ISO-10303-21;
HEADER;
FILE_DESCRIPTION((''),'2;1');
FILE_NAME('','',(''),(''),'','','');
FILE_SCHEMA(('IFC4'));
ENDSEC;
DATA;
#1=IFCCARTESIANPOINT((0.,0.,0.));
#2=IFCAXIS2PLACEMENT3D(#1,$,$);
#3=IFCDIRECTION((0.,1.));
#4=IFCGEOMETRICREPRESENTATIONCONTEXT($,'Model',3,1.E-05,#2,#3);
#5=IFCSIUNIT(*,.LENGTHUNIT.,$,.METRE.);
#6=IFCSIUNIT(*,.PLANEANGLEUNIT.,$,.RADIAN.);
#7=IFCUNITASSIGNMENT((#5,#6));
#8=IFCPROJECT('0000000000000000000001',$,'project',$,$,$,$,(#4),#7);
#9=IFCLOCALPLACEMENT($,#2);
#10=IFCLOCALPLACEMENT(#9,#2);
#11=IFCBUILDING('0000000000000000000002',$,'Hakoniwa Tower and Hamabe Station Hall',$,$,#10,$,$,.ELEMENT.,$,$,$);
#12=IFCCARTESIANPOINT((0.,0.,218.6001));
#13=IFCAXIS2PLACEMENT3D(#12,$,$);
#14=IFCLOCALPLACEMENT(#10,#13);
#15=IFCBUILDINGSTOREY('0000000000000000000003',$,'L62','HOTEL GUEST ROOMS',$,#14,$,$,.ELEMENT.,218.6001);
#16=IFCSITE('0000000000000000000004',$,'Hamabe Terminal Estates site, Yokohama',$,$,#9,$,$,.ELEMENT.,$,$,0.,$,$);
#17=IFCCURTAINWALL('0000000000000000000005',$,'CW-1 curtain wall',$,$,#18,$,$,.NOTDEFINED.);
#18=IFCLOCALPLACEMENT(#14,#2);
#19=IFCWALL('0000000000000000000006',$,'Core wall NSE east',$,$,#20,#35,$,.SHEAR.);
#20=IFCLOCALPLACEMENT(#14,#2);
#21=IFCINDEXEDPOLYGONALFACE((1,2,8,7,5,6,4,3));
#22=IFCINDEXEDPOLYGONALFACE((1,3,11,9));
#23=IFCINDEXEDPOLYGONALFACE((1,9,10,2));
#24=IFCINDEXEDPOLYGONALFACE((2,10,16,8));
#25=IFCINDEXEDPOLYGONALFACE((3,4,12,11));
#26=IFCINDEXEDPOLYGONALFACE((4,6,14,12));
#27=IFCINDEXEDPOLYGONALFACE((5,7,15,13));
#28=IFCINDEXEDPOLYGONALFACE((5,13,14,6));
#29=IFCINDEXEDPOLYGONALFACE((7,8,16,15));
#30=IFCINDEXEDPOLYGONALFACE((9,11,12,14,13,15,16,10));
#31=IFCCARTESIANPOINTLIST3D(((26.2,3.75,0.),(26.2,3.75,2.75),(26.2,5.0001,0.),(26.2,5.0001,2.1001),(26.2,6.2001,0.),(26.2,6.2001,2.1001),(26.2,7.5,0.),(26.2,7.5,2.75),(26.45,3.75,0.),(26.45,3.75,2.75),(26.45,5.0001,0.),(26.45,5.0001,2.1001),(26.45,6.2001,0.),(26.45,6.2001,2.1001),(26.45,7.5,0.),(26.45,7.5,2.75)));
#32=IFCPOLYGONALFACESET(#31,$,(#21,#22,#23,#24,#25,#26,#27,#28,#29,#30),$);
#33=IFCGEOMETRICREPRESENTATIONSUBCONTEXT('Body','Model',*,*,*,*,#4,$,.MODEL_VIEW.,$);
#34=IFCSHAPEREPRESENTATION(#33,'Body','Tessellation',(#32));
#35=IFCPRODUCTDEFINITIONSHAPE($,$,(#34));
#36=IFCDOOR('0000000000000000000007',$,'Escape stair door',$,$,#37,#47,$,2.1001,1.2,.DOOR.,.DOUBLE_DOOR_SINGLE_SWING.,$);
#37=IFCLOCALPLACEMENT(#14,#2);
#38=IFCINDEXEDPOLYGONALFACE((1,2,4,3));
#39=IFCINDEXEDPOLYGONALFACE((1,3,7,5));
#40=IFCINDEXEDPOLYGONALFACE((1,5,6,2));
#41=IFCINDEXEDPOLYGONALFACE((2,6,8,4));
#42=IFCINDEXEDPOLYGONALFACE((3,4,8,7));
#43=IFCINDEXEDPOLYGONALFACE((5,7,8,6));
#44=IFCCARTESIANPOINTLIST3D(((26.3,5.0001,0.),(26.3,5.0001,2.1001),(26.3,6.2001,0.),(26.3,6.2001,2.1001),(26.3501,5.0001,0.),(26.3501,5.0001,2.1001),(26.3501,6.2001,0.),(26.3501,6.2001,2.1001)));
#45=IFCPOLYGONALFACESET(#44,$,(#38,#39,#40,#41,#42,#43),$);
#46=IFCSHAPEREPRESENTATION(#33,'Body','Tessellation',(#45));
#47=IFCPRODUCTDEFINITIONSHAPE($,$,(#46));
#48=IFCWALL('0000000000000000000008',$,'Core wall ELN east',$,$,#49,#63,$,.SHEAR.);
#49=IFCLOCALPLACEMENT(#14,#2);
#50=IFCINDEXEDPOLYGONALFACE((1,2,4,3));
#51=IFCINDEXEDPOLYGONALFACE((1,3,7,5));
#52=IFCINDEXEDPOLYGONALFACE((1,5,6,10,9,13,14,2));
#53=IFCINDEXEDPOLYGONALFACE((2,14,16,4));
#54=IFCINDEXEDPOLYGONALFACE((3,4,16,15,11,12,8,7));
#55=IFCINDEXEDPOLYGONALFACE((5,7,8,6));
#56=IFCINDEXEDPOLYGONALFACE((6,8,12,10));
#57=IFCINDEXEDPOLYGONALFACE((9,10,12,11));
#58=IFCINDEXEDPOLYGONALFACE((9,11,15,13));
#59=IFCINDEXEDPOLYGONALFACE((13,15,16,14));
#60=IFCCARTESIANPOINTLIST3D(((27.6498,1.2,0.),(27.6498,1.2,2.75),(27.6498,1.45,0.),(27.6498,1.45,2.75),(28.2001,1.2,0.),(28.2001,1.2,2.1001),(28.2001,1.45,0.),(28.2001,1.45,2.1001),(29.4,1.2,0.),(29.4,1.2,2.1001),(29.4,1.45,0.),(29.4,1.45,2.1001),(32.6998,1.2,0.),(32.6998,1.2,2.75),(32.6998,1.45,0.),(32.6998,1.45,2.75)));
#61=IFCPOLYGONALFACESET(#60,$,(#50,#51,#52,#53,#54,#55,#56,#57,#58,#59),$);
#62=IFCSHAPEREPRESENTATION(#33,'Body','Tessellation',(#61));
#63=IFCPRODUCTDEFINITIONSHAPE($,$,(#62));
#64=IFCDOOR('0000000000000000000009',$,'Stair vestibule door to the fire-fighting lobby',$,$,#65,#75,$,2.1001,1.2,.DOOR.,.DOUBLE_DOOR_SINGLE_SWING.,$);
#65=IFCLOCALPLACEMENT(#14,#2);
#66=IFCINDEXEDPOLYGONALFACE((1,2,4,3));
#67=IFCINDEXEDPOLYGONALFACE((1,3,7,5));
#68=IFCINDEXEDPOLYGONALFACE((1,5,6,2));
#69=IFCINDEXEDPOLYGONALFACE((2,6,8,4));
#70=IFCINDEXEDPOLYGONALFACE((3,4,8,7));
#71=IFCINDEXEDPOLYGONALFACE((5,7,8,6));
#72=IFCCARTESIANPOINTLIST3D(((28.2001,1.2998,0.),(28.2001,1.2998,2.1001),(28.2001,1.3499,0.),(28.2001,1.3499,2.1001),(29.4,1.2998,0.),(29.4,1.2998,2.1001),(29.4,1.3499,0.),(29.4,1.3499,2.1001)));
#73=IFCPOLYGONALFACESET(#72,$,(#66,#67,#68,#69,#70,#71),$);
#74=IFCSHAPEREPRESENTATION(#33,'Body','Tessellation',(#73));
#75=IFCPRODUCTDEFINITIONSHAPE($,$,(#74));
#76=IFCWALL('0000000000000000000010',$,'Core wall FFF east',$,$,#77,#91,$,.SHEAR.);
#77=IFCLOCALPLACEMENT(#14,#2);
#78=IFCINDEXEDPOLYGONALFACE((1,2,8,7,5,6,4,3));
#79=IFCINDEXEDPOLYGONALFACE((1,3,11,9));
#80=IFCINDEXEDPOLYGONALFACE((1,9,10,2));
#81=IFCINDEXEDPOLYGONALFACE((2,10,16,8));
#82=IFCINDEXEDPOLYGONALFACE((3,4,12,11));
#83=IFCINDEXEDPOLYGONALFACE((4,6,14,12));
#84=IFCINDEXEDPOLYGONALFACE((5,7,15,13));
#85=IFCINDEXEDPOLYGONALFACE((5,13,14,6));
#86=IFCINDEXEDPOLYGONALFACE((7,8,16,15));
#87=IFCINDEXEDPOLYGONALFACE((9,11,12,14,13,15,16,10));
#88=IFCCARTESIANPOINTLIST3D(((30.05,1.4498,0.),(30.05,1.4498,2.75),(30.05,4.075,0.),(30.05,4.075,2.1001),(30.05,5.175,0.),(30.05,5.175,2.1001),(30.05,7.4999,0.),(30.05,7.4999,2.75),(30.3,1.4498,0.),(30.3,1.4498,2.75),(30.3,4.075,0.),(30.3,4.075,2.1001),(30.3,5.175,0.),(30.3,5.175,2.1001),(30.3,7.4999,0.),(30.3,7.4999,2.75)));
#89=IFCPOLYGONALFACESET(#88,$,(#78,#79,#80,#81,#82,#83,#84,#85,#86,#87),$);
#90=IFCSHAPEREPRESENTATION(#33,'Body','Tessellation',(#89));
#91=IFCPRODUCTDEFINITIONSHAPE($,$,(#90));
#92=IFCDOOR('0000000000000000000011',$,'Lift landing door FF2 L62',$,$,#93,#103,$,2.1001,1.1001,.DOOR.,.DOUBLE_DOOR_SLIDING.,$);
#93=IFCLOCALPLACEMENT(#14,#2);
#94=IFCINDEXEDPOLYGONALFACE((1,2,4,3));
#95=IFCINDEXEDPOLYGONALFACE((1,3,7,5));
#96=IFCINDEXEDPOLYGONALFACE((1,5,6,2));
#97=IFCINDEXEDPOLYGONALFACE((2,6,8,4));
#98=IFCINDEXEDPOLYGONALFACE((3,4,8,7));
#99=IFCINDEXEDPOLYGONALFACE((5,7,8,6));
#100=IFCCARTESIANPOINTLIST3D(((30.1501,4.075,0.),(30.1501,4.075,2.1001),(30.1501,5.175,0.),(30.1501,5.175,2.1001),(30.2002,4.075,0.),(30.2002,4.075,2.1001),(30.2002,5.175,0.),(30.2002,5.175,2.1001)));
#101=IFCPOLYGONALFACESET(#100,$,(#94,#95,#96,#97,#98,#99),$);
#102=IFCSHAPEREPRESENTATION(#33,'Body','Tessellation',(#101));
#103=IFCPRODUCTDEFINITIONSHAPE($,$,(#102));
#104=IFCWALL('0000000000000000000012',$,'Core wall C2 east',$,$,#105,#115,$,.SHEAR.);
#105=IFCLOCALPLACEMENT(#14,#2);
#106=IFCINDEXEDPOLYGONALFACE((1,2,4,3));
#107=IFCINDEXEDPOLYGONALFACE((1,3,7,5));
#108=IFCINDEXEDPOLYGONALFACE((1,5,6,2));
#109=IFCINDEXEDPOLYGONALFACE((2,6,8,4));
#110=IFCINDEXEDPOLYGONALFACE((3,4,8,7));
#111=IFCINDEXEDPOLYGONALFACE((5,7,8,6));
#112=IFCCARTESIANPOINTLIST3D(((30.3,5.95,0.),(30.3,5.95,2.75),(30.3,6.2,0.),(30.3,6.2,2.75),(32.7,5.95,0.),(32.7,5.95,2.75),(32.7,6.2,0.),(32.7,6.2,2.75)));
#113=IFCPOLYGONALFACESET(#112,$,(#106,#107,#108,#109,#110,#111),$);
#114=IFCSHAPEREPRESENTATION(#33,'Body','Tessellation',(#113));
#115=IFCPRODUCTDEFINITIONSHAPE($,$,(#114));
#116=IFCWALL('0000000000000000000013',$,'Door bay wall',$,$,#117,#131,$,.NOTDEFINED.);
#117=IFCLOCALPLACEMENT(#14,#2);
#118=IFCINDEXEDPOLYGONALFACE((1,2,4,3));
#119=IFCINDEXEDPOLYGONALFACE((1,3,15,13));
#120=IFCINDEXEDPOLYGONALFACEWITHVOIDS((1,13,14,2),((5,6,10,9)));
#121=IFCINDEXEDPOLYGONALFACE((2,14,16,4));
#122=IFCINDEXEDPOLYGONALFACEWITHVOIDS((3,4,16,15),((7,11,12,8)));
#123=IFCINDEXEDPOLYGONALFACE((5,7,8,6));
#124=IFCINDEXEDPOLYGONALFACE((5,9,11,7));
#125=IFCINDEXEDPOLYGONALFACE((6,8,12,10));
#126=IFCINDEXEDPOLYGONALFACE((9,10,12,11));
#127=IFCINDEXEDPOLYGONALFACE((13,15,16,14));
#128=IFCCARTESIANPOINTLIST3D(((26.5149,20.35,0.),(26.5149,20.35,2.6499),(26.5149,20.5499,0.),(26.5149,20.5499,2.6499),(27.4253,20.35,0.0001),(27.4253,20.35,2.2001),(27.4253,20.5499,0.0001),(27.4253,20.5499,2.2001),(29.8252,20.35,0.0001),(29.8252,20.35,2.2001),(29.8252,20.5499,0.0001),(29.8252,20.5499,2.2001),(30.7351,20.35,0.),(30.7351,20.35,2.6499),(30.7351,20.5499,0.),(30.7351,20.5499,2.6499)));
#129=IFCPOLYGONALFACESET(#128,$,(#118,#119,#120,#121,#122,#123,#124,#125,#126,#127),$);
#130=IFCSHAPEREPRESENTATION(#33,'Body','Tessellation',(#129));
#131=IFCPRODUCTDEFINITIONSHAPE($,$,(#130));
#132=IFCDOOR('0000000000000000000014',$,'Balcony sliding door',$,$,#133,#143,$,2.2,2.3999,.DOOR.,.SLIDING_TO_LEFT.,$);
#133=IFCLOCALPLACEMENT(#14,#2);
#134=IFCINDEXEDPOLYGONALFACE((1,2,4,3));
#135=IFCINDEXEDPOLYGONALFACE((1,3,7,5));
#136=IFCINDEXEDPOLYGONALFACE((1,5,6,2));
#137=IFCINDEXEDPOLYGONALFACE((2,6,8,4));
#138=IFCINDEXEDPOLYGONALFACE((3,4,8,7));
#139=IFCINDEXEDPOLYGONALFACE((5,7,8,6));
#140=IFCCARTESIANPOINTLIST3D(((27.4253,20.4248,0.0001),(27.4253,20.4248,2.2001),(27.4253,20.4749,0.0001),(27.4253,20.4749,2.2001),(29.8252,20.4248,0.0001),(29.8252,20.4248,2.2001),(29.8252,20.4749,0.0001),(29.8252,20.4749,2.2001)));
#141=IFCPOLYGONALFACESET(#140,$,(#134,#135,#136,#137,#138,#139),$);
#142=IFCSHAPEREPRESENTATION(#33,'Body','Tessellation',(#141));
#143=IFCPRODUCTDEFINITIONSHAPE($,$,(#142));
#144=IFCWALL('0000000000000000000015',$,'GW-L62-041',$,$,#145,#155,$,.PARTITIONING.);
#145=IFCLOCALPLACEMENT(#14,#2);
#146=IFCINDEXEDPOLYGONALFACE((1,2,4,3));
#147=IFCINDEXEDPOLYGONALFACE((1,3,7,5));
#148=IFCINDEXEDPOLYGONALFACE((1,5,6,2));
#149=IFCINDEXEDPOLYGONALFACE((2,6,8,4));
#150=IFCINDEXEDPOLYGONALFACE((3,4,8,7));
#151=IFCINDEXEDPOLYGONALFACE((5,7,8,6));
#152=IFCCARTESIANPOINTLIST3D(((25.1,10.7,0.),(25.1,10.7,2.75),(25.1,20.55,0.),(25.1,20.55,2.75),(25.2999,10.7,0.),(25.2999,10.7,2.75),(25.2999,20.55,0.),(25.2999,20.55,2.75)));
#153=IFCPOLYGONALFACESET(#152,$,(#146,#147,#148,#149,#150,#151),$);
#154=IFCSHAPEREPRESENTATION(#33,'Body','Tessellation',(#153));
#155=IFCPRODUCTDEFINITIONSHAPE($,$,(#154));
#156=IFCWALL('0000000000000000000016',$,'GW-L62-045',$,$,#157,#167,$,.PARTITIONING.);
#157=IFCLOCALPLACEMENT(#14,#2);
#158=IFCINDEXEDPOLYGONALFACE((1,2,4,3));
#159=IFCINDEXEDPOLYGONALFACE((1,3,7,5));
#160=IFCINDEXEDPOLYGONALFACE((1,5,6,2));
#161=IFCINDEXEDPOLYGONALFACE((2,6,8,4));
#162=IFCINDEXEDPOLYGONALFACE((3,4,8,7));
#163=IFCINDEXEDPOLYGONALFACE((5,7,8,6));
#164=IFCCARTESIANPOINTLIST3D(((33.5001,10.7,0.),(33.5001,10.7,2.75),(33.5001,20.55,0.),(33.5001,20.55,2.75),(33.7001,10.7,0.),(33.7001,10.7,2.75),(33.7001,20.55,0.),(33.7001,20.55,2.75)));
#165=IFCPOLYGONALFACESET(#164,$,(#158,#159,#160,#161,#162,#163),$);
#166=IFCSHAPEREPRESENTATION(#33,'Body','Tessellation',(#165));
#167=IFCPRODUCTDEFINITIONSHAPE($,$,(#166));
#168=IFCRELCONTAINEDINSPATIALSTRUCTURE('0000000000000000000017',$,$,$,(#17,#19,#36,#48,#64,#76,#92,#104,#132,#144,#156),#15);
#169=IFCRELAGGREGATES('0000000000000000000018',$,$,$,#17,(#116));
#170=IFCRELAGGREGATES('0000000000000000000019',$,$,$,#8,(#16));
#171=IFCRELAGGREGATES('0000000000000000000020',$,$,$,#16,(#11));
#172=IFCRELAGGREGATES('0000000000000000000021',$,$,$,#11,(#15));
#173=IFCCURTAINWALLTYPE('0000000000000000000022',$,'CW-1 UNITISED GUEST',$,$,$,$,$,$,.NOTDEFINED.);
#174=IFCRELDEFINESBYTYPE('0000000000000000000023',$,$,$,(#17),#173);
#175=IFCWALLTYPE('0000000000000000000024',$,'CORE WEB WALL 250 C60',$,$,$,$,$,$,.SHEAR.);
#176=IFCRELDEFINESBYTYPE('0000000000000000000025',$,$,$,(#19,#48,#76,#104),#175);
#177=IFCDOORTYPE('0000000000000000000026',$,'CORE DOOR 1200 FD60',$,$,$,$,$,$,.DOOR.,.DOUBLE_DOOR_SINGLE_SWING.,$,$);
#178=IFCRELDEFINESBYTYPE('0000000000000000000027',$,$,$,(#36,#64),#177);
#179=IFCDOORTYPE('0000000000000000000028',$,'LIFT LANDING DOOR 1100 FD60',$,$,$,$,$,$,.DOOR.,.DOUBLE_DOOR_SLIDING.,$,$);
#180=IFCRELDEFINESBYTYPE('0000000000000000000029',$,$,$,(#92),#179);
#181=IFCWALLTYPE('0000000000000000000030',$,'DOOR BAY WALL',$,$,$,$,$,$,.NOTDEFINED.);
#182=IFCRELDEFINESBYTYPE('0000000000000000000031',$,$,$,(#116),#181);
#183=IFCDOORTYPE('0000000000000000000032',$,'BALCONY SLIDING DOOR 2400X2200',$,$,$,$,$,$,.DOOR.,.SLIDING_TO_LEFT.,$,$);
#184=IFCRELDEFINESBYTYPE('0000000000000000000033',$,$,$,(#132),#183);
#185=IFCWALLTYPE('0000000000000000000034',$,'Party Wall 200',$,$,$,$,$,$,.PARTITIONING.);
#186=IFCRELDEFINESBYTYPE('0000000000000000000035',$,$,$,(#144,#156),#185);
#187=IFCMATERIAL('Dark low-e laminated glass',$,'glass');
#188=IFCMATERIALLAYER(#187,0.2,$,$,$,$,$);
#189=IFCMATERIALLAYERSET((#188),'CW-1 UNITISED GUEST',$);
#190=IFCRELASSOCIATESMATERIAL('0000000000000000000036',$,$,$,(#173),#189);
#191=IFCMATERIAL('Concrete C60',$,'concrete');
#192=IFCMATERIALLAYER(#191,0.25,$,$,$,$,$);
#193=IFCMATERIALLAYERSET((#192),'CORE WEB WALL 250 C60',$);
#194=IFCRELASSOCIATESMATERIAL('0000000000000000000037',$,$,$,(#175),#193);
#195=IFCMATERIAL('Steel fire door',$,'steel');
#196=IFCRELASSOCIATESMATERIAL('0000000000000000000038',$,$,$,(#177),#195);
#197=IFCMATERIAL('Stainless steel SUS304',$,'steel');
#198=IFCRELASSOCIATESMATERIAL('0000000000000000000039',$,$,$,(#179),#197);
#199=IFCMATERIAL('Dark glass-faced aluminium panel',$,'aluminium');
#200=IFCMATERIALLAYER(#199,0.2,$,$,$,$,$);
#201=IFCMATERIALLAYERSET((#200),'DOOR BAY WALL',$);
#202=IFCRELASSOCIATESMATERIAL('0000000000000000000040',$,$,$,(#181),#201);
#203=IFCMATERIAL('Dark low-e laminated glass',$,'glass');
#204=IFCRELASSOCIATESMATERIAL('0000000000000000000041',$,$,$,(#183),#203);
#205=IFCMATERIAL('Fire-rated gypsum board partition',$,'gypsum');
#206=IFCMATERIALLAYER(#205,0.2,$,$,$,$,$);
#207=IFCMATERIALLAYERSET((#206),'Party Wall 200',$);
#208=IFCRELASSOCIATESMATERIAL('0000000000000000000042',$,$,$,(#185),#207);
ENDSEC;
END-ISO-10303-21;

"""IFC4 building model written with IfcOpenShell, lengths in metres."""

from ifc_helpers import new_model, si_unit, direction, frame, frame_2d, origin, place, context, subcontext, project, spatial, rectangle, extrude, material, layer, layer_set, type_object, element, fill, aggregate, save


model = new_model("IFC4")

# Units and contexts
model_context = context("Model", 3, precision=1e-05, world=origin(), true_north=direction((0.0, 1.0)))
body_context = subcontext(model_context, "Body", "Model", "MODEL_VIEW")
ifc_project = project(units=[si_unit("LENGTHUNIT", "METRE"), si_unit("PLANEANGLEUNIT", "RADIAN")], contexts=[model_context])

# Site, building, storey
site_placement = place(None, origin())
site = spatial("IfcSite", under=ifc_project, at=site_placement, Name="Hamabe Terminal Estates site, Yokohama", CompositionType="ELEMENT", RefElevation=0.0)
building_placement = place(site_placement, origin())
building = spatial("IfcBuilding", under=site, at=building_placement, Name="Hakoniwa Tower and Hamabe Station Hall", CompositionType="ELEMENT")
storey_placement = place(building_placement, frame((0.0, 0.0, 218.6001)))
storey = spatial("IfcBuildingStorey", under=building, at=storey_placement, Name="L62", Description="HOTEL GUEST ROOMS", CompositionType="ELEMENT", Elevation=218.6001)

# Curtain wall
ifc_material_1 = material(Name="Dark low-e laminated glass", Category="glass")
ifc_layer_1 = layer(ifc_material_1, 0.2)
ifc_layer_set_1 = layer_set([ifc_layer_1], Name="CW-1 UNITISED GUEST")
curtain_wall_type = type_object("IfcCurtainWallType", Name="CW-1 UNITISED GUEST", PredefinedType="NOTDEFINED", material=ifc_layer_set_1)
curtain_wall_1_placement = place(storey_placement, origin())
curtain_wall_1 = element("IfcCurtainWall", 1, at=curtain_wall_1_placement, inside=storey, type_object=curtain_wall_type, Name="CW-1 curtain wall", PredefinedType="NOTDEFINED")

# Shared definitions
ifc_material_2 = material(Name="Concrete C60", Category="concrete")
ifc_layer_2 = layer(ifc_material_2, 0.25)
ifc_layer_set_2 = layer_set([ifc_layer_2], Name="CORE WEB WALL 250 C60")
wall_type_1 = type_object("IfcWallType", Name="CORE WEB WALL 250 C60", PredefinedType="SHEAR", material=ifc_layer_set_2)

# Walls, openings, doors
wall_1_placement = place(storey_placement, frame((26.325, 3.75, 0.0), z_axis=(0.0, 0.0, 1.0), x_axis=(0.0, 1.0, 0.0)))
wall_1 = element("IfcWall", 2, at=wall_1_placement, inside=storey, type_object=wall_type_1, Name="Core wall NSE east", PredefinedType="SHEAR", context=body_context, shape_type="SweptSolid", body=[
    extrude(rectangle(XDim=3.75, YDim=0.25, at=frame_2d((1.875, 0.0))), origin(), (0.0, 0.0, 1.0), 2.75),
])
opening_1_placement = place(wall_1_placement, frame((1.25, 0.0, 0.0)))
opening_1 = element("IfcOpeningElement", 3, at=opening_1_placement, cuts=wall_1, PredefinedType="OPENING", context=body_context, shape_type="SweptSolid", body=[
    extrude(rectangle(XDim=1.2, YDim=2.1001, at=frame_2d((0.6001, 1.05))), frame((0.0, 0.135, 0.0), z_axis=(0.0, -1.0, 0.0), x_axis=(1.0, 0.0, 0.0)), (0.0, 0.0, 1.0), 0.27),
])
ifc_material_3 = material(Name="Steel fire door", Category="steel")
door_type_1 = type_object("IfcDoorType", Name="CORE DOOR 1200 FD60", OperationType="DOUBLE_DOOR_SINGLE_SWING", PredefinedType="DOOR", material=ifc_material_3)
door_1_placement = place(opening_1_placement, origin())
door_1 = element("IfcDoor", 4, at=door_1_placement, inside=storey, type_object=door_type_1, Name="Escape stair door", OperationType="DOUBLE_DOOR_SINGLE_SWING", OverallHeight=2.1001, OverallWidth=1.2, PredefinedType="DOOR", context=body_context, shape_type="SweptSolid", body=[
    extrude(rectangle(XDim=1.2, YDim=2.1001, at=frame_2d((0.6001, 1.05))), frame((0.0, 0.0249, 0.0), z_axis=(0.0, -1.0, 0.0), x_axis=(1.0, 0.0, 0.0)), (0.0, 0.0, 1.0), 0.05),
])
fill(opening_1, door_1)
wall_2_placement = place(storey_placement, frame((27.6499, 1.325, 0.0), z_axis=(0.0, 0.0, 1.0), x_axis=(1.0, 0.0, 0.0)))
wall_2 = element("IfcWall", 5, at=wall_2_placement, inside=storey, type_object=wall_type_1, Name="Core wall ELN east", PredefinedType="SHEAR", context=body_context, shape_type="SweptSolid", body=[
    extrude(rectangle(XDim=5.05, YDim=0.25, at=frame_2d((2.5249, 0.0))), origin(), (0.0, 0.0, 1.0), 2.75),
])
opening_2_placement = place(wall_2_placement, frame((0.55, 0.0, 0.0)))
opening_2 = element("IfcOpeningElement", 6, at=opening_2_placement, cuts=wall_2, PredefinedType="OPENING", context=body_context, shape_type="SweptSolid", body=[
    extrude(rectangle(XDim=1.2, YDim=2.1001, at=frame_2d((0.6001, 1.05))), frame((0.0, 0.135, 0.0), z_axis=(0.0, -1.0, 0.0), x_axis=(1.0, 0.0, 0.0)), (0.0, 0.0, 1.0), 0.27),
])
door_2_placement = place(opening_2_placement, origin())
door_2 = element("IfcDoor", 7, at=door_2_placement, inside=storey, type_object=door_type_1, Name="Stair vestibule door to the fire-fighting lobby", OperationType="DOUBLE_DOOR_SINGLE_SWING", OverallHeight=2.1001, OverallWidth=1.2, PredefinedType="DOOR", context=body_context, shape_type="SweptSolid", body=[
    extrude(rectangle(XDim=1.2, YDim=2.1001, at=frame_2d((0.6001, 1.05))), frame((0.0, 0.0249, 0.0), z_axis=(0.0, -1.0, 0.0), x_axis=(1.0, 0.0, 0.0)), (0.0, 0.0, 1.0), 0.05),
])
fill(opening_2, door_2)
wall_3_placement = place(storey_placement, frame((30.175, 1.45, 0.0), z_axis=(0.0, 0.0, 1.0), x_axis=(0.0, 1.0, 0.0)))
wall_3 = element("IfcWall", 8, at=wall_3_placement, inside=storey, type_object=wall_type_1, Name="Core wall FFF east", PredefinedType="SHEAR", context=body_context, shape_type="SweptSolid", body=[
    extrude(rectangle(XDim=6.05, YDim=0.25, at=frame_2d((3.0249, 0.0))), origin(), (0.0, 0.0, 1.0), 2.75),
])
opening_3_placement = place(wall_3_placement, frame((2.625, 0.0, 0.0)))
opening_3 = element("IfcOpeningElement", 9, at=opening_3_placement, cuts=wall_3, PredefinedType="OPENING", context=body_context, shape_type="SweptSolid", body=[
    extrude(rectangle(XDim=1.1001, YDim=2.1001, at=frame_2d((0.55, 1.05))), frame((0.0, 0.135, 0.0), z_axis=(0.0, -1.0, 0.0), x_axis=(1.0, 0.0, 0.0)), (0.0, 0.0, 1.0), 0.27),
])
ifc_material_4 = material(Name="Stainless steel SUS304", Category="steel")
door_type_2 = type_object("IfcDoorType", Name="LIFT LANDING DOOR 1100 FD60", OperationType="DOUBLE_DOOR_SLIDING", PredefinedType="DOOR", material=ifc_material_4)
door_3_placement = place(opening_3_placement, origin())
door_3 = element("IfcDoor", 10, at=door_3_placement, inside=storey, type_object=door_type_2, Name="Lift landing door FF2 L62", OperationType="DOUBLE_DOOR_SLIDING", OverallHeight=2.1001, OverallWidth=1.1001, PredefinedType="DOOR", context=body_context, shape_type="SweptSolid", body=[
    extrude(rectangle(XDim=1.1001, YDim=2.1001, at=frame_2d((0.55, 1.05))), frame((0.0, 0.0249, 0.0), z_axis=(0.0, -1.0, 0.0), x_axis=(1.0, 0.0, 0.0)), (0.0, 0.0, 1.0), 0.05),
])
fill(opening_3, door_3)

# Wall
wall_4_placement = place(storey_placement, frame((30.3, 6.075, 0.0), z_axis=(0.0, 0.0, 1.0), x_axis=(1.0, 0.0, 0.0)))
element("IfcWall", 11, at=wall_4_placement, inside=storey, type_object=wall_type_1, Name="Core wall C2 east", PredefinedType="SHEAR", context=body_context, shape_type="SweptSolid", body=[
    extrude(rectangle(XDim=2.3999, YDim=0.25, at=frame_2d((1.2, 0.0))), origin(), (0.0, 0.0, 1.0), 2.75),
])

# Wall, opening, door
ifc_material_5 = material(Name="Dark glass-faced aluminium panel", Category="aluminium")
ifc_layer_3 = layer(ifc_material_5, 0.2)
ifc_layer_set_3 = layer_set([ifc_layer_3], Name="DOOR BAY WALL")
wall_type_2 = type_object("IfcWallType", Name="DOOR BAY WALL", PredefinedType="NOTDEFINED", material=ifc_layer_set_3)
wall_5_placement = place(storey_placement, frame((30.7351, 20.45, 0.0), z_axis=(0.0, 0.0, 1.0), x_axis=(-1.0, 0.0, 0.0)))
wall_5 = element("IfcWall", 12, at=wall_5_placement, type_object=wall_type_2, Name="Door bay wall", PredefinedType="NOTDEFINED", context=body_context, shape_type="SweptSolid", body=[
    extrude(rectangle(XDim=4.2202, YDim=0.2, at=frame_2d((2.1101, 0.0))), origin(), (0.0, 0.0, 1.0), 2.6499),
])
opening_4_placement = place(wall_5_placement, frame((0.9099, 0.0, 0.0)))
opening_4 = element("IfcOpeningElement", 13, at=opening_4_placement, cuts=wall_5, PredefinedType="OPENING", context=body_context, shape_type="SweptSolid", body=[
    extrude(rectangle(XDim=2.3999, YDim=2.2, at=frame_2d((1.2, 1.1001))), frame((0.0, 0.1099, 0.0), z_axis=(0.0, -1.0, 0.0), x_axis=(1.0, 0.0, 0.0)), (0.0, 0.0, 1.0), 0.22),
])
ifc_material_6 = material(Name="Dark low-e laminated glass", Category="glass")
door_type_3 = type_object("IfcDoorType", Name="BALCONY SLIDING DOOR 2400X2200", OperationType="SLIDING_TO_LEFT", PredefinedType="DOOR", material=ifc_material_6)
door_4_placement = place(opening_4_placement, frame((2.3999, 0.0, 0.0), z_axis=(0.0, 0.0, 1.0), x_axis=(-1.0, 0.0, 0.0)))
door_4 = element("IfcDoor", 14, at=door_4_placement, inside=storey, type_object=door_type_3, Name="Balcony sliding door", OperationType="SLIDING_TO_LEFT", OverallHeight=2.2, OverallWidth=2.3999, PredefinedType="DOOR", context=body_context, shape_type="SweptSolid", body=[
    extrude(rectangle(XDim=2.3999, YDim=2.2, at=frame_2d((1.2, 1.1001))), frame((0.0, 0.0249, 0.0), z_axis=(0.0, -1.0, 0.0), x_axis=(1.0, 0.0, 0.0)), (0.0, 0.0, 1.0), 0.05),
])
fill(opening_4, door_4)
aggregate(curtain_wall_1, [wall_5])

# Walls
ifc_material_7 = material(Name="Fire-rated gypsum board partition", Category="gypsum")
ifc_layer_4 = layer(ifc_material_7, 0.2)
ifc_layer_set_4 = layer_set([ifc_layer_4], Name="Party Wall 200")
wall_type_3 = type_object("IfcWallType", Name="Party Wall 200", PredefinedType="PARTITIONING", material=ifc_layer_set_4)
for number, where, z_axis, x_axis, name in (
    (15, (25.2, 10.7, 0.0), (0.0, 0.0, 1.0), (0.0, 1.0, 0.0), "GW-L62-041"),
    (16, (33.6001, 10.7, 0.0), (0.0, 0.0, 1.0), (0.0, 1.0, 0.0), "GW-L62-045"),
):
    element("IfcWall", number, at=place(storey_placement, frame(where, z_axis=z_axis, x_axis=x_axis)), inside=storey, type_object=wall_type_3, Name=name, PredefinedType="PARTITIONING", context=body_context, shape_type="SweptSolid", body=[
        extrude(rectangle(XDim=9.8501, YDim=0.2, at=frame_2d((4.925, 0.0))), origin(), (0.0, 0.0, 1.0), 2.75),
    ])

save(model, "model.ifc")
